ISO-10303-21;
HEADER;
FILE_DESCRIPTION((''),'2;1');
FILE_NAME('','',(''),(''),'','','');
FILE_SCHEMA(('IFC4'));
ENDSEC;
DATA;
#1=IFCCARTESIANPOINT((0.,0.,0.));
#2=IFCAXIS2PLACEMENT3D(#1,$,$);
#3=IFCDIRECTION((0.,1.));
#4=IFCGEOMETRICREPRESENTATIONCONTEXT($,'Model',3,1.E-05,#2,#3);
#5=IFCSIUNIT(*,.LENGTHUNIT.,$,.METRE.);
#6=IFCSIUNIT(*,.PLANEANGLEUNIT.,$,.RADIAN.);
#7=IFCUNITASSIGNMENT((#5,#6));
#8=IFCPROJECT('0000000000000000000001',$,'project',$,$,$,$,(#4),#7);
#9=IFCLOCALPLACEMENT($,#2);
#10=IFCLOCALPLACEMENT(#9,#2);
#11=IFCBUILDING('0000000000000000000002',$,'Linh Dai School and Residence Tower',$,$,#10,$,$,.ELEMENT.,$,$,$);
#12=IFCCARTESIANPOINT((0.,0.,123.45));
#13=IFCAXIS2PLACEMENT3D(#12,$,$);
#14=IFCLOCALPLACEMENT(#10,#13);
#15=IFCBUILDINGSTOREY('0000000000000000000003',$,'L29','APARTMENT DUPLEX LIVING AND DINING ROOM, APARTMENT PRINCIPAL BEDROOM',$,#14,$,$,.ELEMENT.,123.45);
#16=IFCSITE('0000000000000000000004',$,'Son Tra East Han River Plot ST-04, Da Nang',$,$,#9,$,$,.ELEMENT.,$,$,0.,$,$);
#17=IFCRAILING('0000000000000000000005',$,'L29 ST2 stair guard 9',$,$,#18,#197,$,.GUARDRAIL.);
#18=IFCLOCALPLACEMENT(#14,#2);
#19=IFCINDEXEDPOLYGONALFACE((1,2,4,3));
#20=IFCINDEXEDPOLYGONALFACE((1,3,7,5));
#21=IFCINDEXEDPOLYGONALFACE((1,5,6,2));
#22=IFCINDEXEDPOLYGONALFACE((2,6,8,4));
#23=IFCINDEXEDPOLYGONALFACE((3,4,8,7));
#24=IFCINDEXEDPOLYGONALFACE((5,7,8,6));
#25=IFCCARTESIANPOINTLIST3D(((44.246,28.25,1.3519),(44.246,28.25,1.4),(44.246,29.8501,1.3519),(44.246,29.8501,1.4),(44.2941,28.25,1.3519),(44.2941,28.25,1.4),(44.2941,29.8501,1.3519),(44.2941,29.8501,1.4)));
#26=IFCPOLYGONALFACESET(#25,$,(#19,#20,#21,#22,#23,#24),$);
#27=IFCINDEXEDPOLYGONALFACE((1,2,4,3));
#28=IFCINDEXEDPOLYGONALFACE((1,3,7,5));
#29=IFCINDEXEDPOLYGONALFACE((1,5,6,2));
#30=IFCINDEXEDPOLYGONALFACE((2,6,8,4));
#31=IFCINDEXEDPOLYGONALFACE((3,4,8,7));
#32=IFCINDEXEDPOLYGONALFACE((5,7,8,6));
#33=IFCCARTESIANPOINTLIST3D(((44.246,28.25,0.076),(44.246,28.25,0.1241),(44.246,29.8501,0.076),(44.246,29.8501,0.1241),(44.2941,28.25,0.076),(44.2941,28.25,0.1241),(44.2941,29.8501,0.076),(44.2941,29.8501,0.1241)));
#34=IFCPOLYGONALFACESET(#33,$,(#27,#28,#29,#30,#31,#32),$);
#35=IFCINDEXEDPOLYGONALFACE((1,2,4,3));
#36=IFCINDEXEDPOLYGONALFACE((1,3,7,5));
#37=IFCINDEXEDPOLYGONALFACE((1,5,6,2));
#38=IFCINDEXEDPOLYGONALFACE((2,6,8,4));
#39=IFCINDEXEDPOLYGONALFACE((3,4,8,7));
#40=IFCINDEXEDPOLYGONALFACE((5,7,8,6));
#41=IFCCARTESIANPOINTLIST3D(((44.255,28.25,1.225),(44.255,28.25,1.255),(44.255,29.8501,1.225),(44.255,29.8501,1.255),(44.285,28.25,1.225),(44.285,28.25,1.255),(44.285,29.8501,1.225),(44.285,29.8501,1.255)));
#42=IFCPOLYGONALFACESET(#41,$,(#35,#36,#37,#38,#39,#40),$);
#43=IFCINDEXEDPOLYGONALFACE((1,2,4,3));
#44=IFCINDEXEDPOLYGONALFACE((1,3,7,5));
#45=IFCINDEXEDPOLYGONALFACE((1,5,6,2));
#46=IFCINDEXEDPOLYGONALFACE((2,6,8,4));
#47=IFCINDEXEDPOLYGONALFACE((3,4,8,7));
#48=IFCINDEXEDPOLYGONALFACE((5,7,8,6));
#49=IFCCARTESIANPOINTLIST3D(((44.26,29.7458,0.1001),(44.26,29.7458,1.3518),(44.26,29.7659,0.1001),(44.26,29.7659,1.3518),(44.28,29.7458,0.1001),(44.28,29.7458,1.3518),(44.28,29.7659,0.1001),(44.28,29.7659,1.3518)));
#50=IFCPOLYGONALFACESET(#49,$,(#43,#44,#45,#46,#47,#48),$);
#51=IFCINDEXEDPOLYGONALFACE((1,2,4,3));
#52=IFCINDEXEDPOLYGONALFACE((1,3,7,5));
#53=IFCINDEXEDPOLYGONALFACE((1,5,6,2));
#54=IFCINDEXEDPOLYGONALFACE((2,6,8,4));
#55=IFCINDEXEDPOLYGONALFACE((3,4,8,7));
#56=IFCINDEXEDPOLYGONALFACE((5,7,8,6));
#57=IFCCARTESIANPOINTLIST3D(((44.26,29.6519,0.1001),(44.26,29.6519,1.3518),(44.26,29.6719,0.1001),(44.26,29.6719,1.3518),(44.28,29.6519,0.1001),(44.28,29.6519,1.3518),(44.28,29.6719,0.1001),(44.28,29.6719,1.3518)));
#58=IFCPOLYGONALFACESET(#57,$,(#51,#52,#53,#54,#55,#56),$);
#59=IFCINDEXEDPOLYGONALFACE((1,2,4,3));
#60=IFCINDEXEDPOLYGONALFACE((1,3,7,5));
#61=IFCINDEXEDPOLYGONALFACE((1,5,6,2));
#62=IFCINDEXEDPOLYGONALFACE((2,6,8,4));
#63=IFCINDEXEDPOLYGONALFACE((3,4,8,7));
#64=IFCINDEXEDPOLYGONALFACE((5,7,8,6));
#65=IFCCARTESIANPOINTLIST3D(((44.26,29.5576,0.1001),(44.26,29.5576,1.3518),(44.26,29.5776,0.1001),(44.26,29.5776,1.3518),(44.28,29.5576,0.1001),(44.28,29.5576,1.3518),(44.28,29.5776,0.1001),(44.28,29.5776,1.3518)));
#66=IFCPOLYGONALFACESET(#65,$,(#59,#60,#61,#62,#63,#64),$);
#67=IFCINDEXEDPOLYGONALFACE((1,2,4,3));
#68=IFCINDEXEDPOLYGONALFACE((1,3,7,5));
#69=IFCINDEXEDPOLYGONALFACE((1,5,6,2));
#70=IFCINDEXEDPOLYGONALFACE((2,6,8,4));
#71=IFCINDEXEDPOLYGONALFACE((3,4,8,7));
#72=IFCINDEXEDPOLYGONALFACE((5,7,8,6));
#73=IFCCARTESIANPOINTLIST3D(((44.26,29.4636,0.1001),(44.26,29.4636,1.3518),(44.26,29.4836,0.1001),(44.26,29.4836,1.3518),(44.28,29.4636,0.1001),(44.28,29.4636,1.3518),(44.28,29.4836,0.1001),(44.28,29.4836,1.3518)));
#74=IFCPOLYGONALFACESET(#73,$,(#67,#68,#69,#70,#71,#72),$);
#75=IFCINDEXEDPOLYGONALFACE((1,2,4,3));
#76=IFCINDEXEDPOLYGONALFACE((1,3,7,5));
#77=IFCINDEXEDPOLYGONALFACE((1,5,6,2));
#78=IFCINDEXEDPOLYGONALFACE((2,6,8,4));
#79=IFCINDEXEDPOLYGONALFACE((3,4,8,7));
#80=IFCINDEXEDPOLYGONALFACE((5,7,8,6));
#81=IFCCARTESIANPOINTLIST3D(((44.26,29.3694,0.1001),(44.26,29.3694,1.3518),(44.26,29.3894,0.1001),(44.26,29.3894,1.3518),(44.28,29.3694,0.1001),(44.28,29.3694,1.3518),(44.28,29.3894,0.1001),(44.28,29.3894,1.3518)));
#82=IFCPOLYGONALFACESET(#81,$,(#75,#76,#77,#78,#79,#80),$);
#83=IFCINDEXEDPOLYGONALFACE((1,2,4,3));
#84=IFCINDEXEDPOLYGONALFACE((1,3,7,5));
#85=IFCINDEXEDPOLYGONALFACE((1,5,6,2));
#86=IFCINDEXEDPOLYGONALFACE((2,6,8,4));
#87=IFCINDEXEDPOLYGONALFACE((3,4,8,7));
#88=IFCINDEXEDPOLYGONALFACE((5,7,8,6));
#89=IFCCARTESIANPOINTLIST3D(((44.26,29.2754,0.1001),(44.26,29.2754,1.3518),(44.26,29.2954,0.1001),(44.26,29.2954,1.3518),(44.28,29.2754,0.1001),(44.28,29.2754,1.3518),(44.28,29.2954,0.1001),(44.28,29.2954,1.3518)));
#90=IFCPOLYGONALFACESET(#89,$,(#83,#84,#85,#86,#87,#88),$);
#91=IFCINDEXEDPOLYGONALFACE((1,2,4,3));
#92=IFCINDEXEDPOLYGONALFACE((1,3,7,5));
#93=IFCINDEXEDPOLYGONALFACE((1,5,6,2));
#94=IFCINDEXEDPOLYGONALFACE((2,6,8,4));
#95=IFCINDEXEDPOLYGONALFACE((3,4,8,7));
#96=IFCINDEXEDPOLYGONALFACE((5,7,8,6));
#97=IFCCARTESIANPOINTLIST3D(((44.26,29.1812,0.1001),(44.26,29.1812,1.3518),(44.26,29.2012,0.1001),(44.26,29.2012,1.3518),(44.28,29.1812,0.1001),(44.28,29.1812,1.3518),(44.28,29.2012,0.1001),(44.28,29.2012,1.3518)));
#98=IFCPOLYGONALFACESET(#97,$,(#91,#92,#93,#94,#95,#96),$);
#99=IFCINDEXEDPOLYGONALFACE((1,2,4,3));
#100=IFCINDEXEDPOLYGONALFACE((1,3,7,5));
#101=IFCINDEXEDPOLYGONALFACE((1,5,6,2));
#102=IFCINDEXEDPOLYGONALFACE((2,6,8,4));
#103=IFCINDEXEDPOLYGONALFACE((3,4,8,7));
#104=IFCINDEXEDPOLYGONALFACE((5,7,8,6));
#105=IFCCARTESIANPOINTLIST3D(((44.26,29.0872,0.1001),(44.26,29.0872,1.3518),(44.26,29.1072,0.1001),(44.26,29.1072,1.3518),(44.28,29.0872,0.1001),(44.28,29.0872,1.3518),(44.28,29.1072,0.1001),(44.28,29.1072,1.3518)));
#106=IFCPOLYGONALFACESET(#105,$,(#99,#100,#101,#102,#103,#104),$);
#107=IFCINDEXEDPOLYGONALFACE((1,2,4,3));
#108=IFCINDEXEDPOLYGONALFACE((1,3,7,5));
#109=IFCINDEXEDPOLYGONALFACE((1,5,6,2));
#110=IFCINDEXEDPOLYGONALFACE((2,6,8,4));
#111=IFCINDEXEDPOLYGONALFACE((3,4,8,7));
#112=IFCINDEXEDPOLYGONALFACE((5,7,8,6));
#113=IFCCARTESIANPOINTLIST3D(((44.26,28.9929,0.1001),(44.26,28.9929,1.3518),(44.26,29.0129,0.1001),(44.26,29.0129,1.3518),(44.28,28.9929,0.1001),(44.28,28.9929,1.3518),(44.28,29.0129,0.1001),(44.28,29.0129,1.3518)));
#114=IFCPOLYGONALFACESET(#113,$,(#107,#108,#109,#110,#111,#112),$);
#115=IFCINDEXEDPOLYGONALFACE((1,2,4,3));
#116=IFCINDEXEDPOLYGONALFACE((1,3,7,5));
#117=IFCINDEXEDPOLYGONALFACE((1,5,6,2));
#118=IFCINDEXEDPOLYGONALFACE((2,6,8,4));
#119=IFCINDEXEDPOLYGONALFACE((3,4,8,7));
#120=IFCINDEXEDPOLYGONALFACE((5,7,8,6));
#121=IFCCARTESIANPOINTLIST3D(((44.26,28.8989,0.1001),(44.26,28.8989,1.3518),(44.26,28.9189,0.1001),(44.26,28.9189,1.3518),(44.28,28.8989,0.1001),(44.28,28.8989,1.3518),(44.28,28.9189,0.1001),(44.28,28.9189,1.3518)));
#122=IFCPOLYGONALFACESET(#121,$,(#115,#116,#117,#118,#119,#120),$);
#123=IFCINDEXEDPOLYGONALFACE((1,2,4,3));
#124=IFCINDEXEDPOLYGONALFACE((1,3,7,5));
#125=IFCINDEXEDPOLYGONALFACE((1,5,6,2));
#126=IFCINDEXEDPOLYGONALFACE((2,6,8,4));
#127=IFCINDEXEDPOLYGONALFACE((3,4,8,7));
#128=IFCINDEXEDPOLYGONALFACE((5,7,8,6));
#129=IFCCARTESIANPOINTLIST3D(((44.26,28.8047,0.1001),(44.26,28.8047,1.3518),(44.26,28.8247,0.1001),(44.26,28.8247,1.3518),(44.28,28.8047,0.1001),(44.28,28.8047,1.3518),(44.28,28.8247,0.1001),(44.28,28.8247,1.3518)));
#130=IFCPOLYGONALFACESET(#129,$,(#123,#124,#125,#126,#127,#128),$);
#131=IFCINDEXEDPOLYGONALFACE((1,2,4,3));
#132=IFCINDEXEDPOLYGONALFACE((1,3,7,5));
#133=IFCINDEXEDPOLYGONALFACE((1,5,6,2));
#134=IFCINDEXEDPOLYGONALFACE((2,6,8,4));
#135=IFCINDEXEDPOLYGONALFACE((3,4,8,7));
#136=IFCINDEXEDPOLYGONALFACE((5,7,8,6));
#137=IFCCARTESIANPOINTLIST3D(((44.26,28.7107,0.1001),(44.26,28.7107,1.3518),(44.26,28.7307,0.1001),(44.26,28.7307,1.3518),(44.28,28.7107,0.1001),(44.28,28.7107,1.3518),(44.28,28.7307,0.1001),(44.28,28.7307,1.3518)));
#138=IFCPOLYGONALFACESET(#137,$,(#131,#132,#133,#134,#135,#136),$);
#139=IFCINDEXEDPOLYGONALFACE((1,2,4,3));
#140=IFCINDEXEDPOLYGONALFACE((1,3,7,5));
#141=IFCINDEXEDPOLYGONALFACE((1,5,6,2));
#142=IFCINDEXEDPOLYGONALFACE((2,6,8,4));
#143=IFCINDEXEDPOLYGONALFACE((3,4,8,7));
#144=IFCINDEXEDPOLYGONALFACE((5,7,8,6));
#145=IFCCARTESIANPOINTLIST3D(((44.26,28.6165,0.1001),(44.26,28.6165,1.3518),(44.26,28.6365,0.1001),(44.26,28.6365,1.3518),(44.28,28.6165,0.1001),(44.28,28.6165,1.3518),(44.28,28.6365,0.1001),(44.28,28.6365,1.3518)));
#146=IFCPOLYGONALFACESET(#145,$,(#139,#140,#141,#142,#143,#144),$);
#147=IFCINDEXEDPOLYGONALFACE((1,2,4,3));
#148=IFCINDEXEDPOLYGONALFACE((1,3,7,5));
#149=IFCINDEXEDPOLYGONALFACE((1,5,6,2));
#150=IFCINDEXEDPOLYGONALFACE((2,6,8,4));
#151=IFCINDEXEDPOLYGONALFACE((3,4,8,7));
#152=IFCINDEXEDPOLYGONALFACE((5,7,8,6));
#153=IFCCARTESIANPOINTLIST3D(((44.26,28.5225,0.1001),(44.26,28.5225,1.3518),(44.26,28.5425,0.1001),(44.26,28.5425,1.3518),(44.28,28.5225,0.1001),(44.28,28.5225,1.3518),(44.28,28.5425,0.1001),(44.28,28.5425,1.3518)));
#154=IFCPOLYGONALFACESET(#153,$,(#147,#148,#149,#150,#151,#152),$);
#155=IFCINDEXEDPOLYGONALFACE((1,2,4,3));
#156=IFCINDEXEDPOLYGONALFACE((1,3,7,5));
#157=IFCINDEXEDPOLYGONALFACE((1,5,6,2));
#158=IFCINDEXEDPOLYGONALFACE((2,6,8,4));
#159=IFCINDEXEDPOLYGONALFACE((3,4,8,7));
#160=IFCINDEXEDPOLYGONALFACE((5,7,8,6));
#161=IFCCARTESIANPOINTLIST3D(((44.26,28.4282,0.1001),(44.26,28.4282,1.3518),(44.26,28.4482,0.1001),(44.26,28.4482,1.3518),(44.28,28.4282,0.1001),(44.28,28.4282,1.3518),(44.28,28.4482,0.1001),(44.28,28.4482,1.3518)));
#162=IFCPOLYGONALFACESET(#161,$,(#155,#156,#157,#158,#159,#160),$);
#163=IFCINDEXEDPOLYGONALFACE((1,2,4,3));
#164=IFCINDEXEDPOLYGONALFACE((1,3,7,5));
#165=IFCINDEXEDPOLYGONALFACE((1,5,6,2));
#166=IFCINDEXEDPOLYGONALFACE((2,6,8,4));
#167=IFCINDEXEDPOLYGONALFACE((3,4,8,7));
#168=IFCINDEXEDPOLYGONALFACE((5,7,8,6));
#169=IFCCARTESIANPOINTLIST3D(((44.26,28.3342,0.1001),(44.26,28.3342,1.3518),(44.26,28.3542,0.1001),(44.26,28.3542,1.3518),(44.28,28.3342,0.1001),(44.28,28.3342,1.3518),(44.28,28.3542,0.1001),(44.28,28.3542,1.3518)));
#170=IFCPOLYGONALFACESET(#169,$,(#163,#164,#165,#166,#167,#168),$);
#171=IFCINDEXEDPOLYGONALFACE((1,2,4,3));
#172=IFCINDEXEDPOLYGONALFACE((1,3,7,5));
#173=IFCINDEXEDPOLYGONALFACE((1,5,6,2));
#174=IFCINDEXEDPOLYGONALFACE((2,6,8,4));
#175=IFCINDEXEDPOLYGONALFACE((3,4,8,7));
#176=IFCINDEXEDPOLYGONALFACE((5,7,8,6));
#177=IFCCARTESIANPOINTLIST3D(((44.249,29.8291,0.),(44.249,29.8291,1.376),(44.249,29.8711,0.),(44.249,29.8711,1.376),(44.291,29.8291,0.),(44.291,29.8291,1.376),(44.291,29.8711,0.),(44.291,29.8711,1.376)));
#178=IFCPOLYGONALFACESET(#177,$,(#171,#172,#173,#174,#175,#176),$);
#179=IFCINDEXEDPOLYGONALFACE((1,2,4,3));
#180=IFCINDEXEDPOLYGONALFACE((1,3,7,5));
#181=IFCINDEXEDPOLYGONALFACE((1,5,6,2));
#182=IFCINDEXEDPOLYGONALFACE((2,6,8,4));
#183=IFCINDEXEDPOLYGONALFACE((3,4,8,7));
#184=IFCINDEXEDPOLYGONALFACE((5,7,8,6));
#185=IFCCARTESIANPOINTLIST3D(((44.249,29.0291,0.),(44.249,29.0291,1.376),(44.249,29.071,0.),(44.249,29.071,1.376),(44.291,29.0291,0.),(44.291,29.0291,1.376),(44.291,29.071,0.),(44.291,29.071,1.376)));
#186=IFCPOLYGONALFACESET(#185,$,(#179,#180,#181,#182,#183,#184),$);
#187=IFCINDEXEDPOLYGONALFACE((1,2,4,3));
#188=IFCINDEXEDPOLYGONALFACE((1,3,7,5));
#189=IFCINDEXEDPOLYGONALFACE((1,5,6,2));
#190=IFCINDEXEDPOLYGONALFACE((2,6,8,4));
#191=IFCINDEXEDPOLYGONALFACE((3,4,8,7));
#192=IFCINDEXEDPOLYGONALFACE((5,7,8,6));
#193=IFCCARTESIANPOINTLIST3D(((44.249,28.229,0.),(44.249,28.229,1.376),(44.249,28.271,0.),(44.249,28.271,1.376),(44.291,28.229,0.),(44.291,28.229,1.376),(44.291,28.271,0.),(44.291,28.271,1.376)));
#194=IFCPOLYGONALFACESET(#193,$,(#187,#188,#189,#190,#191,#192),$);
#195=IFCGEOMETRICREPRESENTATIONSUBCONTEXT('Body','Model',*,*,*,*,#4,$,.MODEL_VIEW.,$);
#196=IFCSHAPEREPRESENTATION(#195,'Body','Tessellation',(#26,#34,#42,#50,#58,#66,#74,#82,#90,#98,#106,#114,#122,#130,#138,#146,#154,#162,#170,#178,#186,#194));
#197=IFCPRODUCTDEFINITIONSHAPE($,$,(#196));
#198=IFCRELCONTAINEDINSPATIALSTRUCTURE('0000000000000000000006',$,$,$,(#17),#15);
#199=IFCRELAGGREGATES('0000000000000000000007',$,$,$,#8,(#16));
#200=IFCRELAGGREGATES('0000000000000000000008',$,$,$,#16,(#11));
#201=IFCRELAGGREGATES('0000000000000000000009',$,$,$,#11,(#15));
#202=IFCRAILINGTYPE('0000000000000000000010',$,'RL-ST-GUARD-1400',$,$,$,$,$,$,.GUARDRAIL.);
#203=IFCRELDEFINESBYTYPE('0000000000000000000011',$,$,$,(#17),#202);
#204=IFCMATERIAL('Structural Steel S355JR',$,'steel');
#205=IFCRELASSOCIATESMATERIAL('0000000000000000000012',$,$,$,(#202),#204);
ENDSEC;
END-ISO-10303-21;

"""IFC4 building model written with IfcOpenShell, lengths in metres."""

from ifc_helpers import new_model, si_unit, direction, frame, origin, origin_2d, place, context, subcontext, project, spatial, rectangle, extrude, source, transform, mapped, material, type_object, element, save


model = new_model("IFC4")

# Units and contexts
model_context = context("Model", 3, precision=1e-05, world=origin(), true_north=direction((0.0, 1.0)))
body_context = subcontext(model_context, "Body", "Model", "MODEL_VIEW")
ifc_project = project(units=[si_unit("LENGTHUNIT", "METRE"), si_unit("PLANEANGLEUNIT", "RADIAN")], contexts=[model_context])

# Site, building, storey
site_placement = place(None, origin())
site = spatial("IfcSite", under=ifc_project, at=site_placement, Name="Son Tra East Han River Plot ST-04, Da Nang", CompositionType="ELEMENT", RefElevation=0.0)
building_placement = place(site_placement, origin())
building = spatial("IfcBuilding", under=site, at=building_placement, Name="Linh Dai School and Residence Tower", CompositionType="ELEMENT")
storey_placement = place(building_placement, frame((0.0, 0.0, 123.45)))
storey = spatial("IfcBuildingStorey", under=building, at=storey_placement, Name="L29", Description="APARTMENT DUPLEX LIVING AND DINING ROOM, APARTMENT PRINCIPAL BEDROOM", CompositionType="ELEMENT", Elevation=123.45)

# Shared definitions
ifc_material_1 = material(Name="Structural Steel S355JR", Category="steel")

# Railing
railing_type_1 = type_object("IfcRailingType", Name="RL-ST-GUARD-1400", PredefinedType="GUARDRAIL", material=ifc_material_1)
shared_shape_1 = source(origin(), body_context, "Body", "SweptSolid", [
    extrude(rectangle(XDim=0.0481, YDim=0.0481, at=origin_2d()), frame((0.0, 0.0, 1.376), z_axis=(0.0, -1.0, 0.0), x_axis=(1.0, 0.0, 0.0)), (0.0, 0.0, 1.0), 1.6001),
    extrude(rectangle(XDim=0.0481, YDim=0.0481, at=origin_2d()), frame((0.0, 0.0, 0.1001), z_axis=(0.0, -1.0, 0.0), x_axis=(1.0, 0.0, 0.0)), (0.0, 0.0, 1.0), 1.6001),
    extrude(rectangle(XDim=0.03, YDim=0.03, at=origin_2d()), frame((0.0, 0.0, 1.24), z_axis=(0.0, -1.0, 0.0), x_axis=(1.0, 0.0, 0.0)), (0.0, 0.0, 1.0), 1.6001),
    extrude(rectangle(XDim=0.02, YDim=0.02, at=origin_2d()), frame((0.0, -0.0942, 0.1001)), (0.0, 0.0, 1.0), 1.2517),
    extrude(rectangle(XDim=0.02, YDim=0.02, at=origin_2d()), frame((0.0, -0.1882, 0.1001)), (0.0, 0.0, 1.0), 1.2517),
    extrude(rectangle(XDim=0.02, YDim=0.02, at=origin_2d()), frame((0.0, -0.2825, 0.1001)), (0.0, 0.0, 1.0), 1.2517),
    extrude(rectangle(XDim=0.02, YDim=0.02, at=origin_2d()), frame((0.0, -0.3765, 0.1001)), (0.0, 0.0, 1.0), 1.2517),
    extrude(rectangle(XDim=0.02, YDim=0.02, at=origin_2d()), frame((0.0, -0.4707, 0.1001)), (0.0, 0.0, 1.0), 1.2517),
    extrude(rectangle(XDim=0.02, YDim=0.02, at=origin_2d()), frame((0.0, -0.5647, 0.1001)), (0.0, 0.0, 1.0), 1.2517),
    extrude(rectangle(XDim=0.02, YDim=0.02, at=origin_2d()), frame((0.0, -0.6589, 0.1001)), (0.0, 0.0, 1.0), 1.2517),
    extrude(rectangle(XDim=0.02, YDim=0.02, at=origin_2d()), frame((0.0, -0.7529, 0.1001)), (0.0, 0.0, 1.0), 1.2517),
    extrude(rectangle(XDim=0.02, YDim=0.02, at=origin_2d()), frame((0.0, -0.8472, 0.1001)), (0.0, 0.0, 1.0), 1.2517),
    extrude(rectangle(XDim=0.02, YDim=0.02, at=origin_2d()), frame((0.0, -0.9412, 0.1001)), (0.0, 0.0, 1.0), 1.2517),
    extrude(rectangle(XDim=0.02, YDim=0.02, at=origin_2d()), frame((0.0, -1.0354, 0.1001)), (0.0, 0.0, 1.0), 1.2517),
    extrude(rectangle(XDim=0.02, YDim=0.02, at=origin_2d()), frame((0.0, -1.1294, 0.1001)), (0.0, 0.0, 1.0), 1.2517),
    extrude(rectangle(XDim=0.02, YDim=0.02, at=origin_2d()), frame((0.0, -1.2236, 0.1001)), (0.0, 0.0, 1.0), 1.2517),
    extrude(rectangle(XDim=0.02, YDim=0.02, at=origin_2d()), frame((0.0, -1.3176, 0.1001)), (0.0, 0.0, 1.0), 1.2517),
    extrude(rectangle(XDim=0.02, YDim=0.02, at=origin_2d()), frame((0.0, -1.4119, 0.1001)), (0.0, 0.0, 1.0), 1.2517),
    extrude(rectangle(XDim=0.02, YDim=0.02, at=origin_2d()), frame((0.0, -1.5059, 0.1001)), (0.0, 0.0, 1.0), 1.2517),
    extrude(rectangle(XDim=0.042, YDim=0.042, at=origin_2d()), origin(), (0.0, 0.0, 1.0), 1.376),
    extrude(rectangle(XDim=0.042, YDim=0.042, at=origin_2d()), frame((0.0, -0.8, 0.0)), (0.0, 0.0, 1.0), 1.376),
    extrude(rectangle(XDim=0.042, YDim=0.042, at=origin_2d()), frame((0.0, -1.6001, 0.0)), (0.0, 0.0, 1.0), 1.376),
])
for number, where, name in (
    (1, (44.27, 29.8501, 0.0), "L29 ST2 stair guard 9"),
):
    element("IfcRailing", number, at=place(storey_placement, frame(where)), inside=storey, type_object=railing_type_1, Name=name, PredefinedType="GUARDRAIL", context=body_context, shape_type="MappedRepresentation", body=[
        mapped(shared_shape_1, transform((0.0, 0.0, 0.0), x_axis=(1.0, 0.0, 0.0), y_axis=(0.0, 1.0, 0.0), z_axis=(0.0, 0.0, 1.0), scale=1.0)),
    ])

save(model, "model.ifc")
